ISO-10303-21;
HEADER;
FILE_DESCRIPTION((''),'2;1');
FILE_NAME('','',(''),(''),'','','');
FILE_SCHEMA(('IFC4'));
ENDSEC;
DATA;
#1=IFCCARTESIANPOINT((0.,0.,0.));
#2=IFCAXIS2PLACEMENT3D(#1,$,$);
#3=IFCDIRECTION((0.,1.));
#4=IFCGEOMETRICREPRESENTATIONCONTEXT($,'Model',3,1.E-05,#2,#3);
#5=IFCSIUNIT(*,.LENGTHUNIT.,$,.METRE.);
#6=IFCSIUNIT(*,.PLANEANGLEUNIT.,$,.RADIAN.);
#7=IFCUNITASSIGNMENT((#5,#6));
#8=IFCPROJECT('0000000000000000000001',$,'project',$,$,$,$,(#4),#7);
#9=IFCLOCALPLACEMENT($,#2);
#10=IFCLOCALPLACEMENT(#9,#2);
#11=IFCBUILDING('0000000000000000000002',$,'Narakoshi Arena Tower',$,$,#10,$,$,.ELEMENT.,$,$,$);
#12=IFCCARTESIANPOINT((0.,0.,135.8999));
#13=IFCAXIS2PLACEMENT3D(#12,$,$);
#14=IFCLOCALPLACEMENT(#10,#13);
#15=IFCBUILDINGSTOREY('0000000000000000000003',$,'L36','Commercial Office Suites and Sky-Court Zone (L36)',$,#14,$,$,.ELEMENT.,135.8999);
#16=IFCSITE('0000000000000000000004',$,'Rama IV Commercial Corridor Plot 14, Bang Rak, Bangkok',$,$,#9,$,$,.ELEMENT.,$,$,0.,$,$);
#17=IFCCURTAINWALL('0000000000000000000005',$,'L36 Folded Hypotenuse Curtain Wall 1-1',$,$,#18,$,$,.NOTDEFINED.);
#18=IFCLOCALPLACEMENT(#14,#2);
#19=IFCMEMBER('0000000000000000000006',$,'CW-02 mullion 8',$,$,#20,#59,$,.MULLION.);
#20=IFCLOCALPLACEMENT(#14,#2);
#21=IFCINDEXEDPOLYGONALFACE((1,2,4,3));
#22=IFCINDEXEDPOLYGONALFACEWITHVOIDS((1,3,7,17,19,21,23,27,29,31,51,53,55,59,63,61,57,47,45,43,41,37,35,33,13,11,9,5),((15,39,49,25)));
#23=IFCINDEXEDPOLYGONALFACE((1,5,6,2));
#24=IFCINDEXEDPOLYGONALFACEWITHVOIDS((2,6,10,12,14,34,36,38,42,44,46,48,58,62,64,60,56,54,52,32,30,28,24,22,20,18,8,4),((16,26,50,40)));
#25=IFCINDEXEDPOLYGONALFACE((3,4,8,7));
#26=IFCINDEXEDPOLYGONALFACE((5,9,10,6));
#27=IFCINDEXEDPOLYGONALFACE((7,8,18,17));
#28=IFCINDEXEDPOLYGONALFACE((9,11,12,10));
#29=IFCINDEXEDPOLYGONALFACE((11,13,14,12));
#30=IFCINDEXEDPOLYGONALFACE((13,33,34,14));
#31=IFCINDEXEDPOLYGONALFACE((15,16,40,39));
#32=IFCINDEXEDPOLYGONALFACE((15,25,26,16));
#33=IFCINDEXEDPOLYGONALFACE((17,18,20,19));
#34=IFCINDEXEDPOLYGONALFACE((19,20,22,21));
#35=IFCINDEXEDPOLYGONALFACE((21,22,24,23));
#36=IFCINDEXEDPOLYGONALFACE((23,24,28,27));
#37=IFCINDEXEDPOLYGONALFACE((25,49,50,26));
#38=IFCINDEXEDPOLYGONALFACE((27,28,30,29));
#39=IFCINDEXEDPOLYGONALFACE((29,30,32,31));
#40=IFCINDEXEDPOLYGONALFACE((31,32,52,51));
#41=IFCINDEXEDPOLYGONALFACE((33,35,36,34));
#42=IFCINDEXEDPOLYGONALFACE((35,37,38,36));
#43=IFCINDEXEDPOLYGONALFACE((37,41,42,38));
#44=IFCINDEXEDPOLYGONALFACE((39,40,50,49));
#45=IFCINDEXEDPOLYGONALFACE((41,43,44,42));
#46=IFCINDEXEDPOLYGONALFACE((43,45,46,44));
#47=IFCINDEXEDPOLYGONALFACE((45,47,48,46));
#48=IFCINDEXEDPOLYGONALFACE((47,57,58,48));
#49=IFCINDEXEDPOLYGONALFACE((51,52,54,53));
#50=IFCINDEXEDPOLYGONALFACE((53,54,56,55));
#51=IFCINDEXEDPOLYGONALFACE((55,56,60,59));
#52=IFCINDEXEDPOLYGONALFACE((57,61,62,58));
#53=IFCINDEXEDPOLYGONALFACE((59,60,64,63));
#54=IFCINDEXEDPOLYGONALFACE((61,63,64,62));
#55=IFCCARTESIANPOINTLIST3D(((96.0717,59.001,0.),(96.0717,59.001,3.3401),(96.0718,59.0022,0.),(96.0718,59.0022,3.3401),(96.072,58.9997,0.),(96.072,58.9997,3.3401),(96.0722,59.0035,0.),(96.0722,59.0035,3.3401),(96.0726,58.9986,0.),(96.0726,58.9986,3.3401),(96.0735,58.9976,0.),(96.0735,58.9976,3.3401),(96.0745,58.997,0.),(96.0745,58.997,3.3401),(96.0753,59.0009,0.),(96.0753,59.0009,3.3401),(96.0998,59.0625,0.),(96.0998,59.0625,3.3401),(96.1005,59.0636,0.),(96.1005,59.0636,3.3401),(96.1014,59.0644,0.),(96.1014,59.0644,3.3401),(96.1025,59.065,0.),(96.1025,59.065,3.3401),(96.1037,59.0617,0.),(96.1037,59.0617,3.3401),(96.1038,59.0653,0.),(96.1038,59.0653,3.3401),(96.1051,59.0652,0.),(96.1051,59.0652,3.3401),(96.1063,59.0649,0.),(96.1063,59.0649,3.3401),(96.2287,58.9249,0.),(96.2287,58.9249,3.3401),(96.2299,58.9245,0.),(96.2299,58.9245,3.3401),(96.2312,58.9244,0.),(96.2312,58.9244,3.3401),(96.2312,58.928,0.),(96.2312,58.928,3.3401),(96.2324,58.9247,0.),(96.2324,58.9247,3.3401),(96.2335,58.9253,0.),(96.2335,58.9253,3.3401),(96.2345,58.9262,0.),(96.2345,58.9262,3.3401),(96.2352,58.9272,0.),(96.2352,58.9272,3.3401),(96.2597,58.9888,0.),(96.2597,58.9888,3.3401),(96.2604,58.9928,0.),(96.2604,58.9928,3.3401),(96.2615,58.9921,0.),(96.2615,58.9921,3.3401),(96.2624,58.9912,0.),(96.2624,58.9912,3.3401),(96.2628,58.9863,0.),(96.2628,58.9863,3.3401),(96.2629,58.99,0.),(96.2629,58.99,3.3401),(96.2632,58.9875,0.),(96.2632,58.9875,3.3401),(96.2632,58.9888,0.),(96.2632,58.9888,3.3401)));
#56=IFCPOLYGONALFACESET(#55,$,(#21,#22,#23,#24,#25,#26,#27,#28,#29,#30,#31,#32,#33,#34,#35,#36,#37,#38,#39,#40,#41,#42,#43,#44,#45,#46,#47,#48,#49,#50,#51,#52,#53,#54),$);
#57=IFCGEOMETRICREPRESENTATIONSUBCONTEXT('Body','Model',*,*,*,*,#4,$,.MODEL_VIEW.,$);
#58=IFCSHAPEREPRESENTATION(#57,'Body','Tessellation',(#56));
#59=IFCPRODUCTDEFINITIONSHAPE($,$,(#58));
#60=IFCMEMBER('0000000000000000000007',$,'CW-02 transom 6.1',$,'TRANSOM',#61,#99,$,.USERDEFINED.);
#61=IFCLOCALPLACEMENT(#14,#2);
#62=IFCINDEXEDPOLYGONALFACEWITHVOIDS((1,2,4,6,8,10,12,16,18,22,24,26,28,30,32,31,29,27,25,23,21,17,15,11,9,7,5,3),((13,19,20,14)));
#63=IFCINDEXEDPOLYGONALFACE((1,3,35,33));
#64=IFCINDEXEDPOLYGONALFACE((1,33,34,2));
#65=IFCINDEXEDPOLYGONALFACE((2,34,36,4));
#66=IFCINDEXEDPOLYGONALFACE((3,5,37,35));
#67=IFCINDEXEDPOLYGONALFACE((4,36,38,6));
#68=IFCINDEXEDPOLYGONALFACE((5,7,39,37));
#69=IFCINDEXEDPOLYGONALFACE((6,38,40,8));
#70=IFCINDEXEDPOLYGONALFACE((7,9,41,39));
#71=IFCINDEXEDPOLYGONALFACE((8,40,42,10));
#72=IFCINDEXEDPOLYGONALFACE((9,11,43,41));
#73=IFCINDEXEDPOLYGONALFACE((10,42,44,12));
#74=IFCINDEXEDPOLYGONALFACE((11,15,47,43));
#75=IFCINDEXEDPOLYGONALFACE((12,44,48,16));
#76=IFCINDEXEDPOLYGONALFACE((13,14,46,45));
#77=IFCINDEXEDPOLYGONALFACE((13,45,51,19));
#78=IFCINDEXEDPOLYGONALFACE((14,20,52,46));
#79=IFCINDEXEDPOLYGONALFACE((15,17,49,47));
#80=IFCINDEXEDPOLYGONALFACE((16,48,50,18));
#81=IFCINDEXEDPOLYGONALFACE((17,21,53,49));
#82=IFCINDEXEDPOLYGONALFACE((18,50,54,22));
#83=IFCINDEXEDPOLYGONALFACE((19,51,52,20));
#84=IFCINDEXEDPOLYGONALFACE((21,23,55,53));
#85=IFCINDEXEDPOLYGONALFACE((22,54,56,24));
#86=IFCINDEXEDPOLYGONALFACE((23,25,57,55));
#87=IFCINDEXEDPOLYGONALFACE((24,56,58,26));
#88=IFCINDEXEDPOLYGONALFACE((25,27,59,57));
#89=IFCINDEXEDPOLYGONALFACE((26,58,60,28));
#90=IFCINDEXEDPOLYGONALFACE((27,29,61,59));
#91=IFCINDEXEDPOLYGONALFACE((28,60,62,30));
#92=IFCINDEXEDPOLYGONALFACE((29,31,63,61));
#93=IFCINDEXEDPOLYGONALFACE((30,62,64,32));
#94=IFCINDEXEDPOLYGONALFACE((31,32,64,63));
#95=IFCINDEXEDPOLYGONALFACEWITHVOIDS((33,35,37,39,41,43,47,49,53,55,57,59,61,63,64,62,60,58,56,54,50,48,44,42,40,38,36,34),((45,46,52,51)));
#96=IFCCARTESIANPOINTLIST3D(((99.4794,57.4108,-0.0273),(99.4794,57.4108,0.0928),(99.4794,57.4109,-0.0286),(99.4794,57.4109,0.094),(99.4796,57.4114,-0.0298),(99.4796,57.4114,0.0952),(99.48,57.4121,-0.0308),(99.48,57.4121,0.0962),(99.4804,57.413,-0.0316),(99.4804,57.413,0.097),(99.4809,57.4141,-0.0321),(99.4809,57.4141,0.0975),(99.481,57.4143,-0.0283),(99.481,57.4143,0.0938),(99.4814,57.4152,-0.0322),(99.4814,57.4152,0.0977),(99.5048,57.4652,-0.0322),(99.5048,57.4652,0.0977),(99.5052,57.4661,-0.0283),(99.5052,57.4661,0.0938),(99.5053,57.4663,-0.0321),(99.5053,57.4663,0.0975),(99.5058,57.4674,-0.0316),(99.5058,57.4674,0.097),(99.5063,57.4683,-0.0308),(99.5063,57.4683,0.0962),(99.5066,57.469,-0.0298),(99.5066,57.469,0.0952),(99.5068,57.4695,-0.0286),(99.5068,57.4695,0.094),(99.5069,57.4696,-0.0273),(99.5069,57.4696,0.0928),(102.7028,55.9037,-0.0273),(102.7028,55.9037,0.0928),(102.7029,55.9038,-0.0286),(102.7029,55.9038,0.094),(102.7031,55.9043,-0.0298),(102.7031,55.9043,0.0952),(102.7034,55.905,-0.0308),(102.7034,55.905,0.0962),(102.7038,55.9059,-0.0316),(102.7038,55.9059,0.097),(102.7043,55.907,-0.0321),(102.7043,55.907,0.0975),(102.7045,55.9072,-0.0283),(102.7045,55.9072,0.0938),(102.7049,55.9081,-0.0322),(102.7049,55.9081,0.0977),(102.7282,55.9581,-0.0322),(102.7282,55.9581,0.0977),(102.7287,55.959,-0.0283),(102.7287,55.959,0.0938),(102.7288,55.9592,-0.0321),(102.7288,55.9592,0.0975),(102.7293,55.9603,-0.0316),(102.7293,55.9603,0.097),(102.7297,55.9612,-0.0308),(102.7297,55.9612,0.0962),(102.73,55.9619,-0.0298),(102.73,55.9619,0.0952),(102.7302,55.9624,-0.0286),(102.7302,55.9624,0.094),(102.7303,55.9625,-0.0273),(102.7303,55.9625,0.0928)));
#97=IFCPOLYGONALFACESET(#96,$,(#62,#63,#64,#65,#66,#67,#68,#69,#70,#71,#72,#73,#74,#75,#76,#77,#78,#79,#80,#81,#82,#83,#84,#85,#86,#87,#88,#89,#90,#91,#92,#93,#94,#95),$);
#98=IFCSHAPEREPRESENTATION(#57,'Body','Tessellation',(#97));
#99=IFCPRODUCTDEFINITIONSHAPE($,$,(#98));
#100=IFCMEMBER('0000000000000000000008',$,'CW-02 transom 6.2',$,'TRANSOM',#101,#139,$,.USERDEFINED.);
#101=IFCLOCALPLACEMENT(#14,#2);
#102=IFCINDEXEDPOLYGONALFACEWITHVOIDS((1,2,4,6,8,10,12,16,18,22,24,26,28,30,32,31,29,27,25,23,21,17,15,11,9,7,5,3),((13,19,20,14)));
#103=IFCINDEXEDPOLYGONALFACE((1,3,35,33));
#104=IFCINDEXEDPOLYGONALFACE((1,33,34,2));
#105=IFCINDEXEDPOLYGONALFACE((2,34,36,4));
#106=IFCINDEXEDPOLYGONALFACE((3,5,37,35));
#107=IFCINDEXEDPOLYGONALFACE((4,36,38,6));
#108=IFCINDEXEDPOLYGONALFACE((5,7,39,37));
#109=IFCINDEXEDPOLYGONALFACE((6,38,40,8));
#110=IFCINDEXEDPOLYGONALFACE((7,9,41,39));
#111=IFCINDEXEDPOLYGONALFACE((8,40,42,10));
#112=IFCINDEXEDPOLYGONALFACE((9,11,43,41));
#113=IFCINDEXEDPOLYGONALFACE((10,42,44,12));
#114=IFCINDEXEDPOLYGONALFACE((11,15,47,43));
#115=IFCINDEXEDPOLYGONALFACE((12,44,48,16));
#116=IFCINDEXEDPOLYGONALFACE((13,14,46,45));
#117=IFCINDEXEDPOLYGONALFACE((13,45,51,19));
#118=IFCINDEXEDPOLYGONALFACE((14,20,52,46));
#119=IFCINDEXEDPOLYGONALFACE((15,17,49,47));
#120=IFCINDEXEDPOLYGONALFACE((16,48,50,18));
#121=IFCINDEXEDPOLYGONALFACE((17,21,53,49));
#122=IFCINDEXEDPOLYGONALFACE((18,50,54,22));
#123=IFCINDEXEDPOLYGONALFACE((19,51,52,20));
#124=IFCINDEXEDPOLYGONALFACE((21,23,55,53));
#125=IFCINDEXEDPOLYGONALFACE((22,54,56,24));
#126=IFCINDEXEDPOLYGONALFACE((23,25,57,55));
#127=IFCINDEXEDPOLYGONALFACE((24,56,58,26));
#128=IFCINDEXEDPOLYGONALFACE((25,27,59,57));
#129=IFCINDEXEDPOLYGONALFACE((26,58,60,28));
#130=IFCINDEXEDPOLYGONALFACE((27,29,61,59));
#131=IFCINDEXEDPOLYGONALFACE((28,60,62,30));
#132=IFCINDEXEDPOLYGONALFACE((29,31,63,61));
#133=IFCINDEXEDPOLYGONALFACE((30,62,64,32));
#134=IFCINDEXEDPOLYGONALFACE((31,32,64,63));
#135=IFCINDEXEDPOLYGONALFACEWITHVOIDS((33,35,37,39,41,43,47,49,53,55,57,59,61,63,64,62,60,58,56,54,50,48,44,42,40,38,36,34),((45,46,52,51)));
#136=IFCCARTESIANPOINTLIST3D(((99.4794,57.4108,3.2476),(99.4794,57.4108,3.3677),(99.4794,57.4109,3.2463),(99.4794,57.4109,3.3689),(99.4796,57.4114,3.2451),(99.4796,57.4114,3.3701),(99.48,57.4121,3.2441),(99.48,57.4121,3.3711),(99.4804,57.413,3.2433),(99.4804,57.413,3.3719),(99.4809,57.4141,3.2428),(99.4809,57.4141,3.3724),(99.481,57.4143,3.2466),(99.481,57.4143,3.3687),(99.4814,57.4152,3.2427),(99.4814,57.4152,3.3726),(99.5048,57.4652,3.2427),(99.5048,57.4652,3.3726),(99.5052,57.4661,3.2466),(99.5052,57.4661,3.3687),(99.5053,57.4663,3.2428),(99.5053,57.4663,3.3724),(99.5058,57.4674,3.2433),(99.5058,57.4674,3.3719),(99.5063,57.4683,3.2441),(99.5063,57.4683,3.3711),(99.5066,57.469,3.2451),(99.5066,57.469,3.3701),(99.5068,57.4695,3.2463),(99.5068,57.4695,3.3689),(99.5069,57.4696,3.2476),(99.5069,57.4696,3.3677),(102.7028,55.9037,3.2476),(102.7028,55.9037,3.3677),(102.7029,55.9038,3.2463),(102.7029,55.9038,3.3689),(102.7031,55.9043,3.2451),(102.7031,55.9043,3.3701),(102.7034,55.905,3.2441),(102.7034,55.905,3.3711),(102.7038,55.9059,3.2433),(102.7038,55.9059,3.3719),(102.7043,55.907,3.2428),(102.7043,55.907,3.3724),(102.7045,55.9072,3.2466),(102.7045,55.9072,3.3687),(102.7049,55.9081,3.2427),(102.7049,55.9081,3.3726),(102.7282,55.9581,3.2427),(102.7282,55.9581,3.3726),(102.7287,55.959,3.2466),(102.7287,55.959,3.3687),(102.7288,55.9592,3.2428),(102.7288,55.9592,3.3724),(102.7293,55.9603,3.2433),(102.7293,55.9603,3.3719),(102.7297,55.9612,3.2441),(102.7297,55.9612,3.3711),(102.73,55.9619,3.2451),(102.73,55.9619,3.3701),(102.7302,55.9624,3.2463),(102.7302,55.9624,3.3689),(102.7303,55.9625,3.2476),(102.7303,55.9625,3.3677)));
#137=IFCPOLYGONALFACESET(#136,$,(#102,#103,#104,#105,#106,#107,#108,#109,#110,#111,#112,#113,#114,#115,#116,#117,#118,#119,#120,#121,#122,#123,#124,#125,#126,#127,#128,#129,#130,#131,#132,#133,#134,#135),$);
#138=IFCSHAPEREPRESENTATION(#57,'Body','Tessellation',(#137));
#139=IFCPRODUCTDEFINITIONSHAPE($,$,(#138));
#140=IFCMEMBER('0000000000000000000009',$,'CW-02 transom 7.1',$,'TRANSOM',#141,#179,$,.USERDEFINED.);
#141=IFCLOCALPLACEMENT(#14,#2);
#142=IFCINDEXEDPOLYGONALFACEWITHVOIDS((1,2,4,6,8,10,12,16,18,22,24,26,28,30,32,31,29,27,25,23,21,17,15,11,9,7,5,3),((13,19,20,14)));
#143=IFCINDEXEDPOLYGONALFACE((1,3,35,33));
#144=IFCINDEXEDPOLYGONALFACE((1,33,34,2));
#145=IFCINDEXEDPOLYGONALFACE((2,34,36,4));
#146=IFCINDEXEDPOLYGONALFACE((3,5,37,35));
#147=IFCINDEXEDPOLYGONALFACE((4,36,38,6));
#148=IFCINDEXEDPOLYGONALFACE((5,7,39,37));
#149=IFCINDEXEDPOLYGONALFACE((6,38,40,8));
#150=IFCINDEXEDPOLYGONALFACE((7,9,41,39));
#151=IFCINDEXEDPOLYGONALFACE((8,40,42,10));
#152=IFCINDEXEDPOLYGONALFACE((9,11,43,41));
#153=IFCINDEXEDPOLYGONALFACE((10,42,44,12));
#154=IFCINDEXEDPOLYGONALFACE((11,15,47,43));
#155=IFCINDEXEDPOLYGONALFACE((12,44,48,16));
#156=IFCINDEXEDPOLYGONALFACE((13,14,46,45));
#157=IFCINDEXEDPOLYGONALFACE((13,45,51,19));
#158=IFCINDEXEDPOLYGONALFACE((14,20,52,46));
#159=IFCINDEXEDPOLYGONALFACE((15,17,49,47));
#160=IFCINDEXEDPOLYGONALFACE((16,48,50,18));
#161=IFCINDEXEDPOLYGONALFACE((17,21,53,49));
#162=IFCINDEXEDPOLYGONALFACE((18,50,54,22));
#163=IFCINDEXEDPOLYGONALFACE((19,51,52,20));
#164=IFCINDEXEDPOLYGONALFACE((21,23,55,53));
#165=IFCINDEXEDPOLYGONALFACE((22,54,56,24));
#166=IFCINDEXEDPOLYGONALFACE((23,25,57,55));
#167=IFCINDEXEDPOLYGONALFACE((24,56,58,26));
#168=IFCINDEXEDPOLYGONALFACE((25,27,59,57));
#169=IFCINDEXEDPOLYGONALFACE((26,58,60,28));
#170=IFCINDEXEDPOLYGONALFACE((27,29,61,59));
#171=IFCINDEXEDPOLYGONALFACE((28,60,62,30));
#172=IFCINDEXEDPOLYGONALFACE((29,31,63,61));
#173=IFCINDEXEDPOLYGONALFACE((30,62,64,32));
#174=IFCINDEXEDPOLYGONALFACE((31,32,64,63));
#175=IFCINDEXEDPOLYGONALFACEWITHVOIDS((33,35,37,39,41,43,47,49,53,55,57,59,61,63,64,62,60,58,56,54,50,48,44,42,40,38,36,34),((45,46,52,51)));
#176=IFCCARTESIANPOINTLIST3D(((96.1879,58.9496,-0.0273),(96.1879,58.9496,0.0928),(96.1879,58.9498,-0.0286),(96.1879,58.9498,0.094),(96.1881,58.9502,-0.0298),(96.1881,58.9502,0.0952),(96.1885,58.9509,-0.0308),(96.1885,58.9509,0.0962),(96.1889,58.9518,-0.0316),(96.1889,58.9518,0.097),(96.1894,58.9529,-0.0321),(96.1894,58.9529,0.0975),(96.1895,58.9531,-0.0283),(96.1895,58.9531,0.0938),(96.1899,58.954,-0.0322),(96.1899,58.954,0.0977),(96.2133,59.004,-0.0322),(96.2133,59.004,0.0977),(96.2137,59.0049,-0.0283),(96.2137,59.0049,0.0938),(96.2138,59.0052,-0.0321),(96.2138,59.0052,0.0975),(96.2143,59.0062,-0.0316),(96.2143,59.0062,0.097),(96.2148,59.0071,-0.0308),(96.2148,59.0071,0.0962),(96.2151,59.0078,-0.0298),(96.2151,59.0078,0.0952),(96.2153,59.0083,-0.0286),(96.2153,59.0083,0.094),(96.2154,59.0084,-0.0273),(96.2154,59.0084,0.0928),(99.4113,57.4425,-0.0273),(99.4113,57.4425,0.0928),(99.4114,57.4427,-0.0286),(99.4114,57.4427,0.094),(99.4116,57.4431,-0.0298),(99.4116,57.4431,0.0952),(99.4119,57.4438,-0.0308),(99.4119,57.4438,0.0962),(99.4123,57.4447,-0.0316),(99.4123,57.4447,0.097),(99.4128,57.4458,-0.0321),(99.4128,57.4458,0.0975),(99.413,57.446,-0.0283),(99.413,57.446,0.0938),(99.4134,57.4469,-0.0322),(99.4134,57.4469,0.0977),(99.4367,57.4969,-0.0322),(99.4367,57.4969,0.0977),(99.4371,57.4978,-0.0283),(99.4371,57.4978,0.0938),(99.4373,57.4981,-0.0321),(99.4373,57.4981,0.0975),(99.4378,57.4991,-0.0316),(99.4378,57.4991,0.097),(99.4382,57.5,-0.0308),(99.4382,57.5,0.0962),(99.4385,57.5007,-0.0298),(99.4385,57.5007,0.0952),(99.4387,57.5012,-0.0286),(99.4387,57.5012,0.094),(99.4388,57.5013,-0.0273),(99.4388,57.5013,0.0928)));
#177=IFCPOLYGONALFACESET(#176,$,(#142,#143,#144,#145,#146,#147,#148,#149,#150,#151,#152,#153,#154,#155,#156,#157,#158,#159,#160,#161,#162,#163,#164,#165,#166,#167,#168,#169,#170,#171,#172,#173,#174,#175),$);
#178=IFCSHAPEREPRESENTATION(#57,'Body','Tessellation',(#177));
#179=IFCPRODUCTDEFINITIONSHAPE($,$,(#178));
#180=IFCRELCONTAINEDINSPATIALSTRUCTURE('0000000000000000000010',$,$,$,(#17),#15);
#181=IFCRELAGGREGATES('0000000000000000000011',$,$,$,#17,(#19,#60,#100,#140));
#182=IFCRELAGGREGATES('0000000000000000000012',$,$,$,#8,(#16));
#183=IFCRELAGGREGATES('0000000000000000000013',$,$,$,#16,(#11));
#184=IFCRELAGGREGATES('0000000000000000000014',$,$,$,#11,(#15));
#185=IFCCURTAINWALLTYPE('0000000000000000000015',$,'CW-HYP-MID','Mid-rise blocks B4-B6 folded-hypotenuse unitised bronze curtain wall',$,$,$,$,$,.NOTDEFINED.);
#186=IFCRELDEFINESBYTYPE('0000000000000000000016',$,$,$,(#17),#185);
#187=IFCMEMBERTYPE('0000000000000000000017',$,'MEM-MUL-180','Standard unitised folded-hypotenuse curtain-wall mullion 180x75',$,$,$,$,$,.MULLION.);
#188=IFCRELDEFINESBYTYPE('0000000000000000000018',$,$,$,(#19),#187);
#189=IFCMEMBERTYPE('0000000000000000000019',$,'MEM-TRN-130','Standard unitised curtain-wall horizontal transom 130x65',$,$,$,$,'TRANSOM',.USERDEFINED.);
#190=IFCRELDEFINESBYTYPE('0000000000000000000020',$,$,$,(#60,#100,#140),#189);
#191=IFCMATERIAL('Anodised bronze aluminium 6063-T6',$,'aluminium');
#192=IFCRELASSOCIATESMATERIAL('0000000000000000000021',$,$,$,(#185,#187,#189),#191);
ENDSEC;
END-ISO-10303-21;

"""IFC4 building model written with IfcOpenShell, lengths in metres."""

from ifc_helpers import new_model, si_unit, direction, frame, origin, origin_2d, place, context, subcontext, project, spatial, hollow_rectangle, extrude, material, material_profile, profile_set, type_object, element, aggregate, save


model = new_model("IFC4")

# Units and contexts
model_context = context("Model", 3, precision=1e-05, world=origin(), true_north=direction((0.0, 1.0)))
body_context = subcontext(model_context, "Body", "Model", "MODEL_VIEW")
ifc_project = project(units=[si_unit("LENGTHUNIT", "METRE"), si_unit("PLANEANGLEUNIT", "RADIAN")], contexts=[model_context])

# Site, building, storey
site_placement = place(None, origin())
site = spatial("IfcSite", under=ifc_project, at=site_placement, Name="Rama IV Commercial Corridor Plot 14, Bang Rak, Bangkok", CompositionType="ELEMENT", RefElevation=0.0)
building_placement = place(site_placement, origin())
building = spatial("IfcBuilding", under=site, at=building_placement, Name="Narakoshi Arena Tower", CompositionType="ELEMENT")
storey_placement = place(building_placement, frame((0.0, 0.0, 135.8999)))
storey = spatial("IfcBuildingStorey", under=building, at=storey_placement, Name="L36", Description="Commercial Office Suites and Sky-Court Zone (L36)", CompositionType="ELEMENT", Elevation=135.8999)

# Curtain wall, members
ifc_material_1 = material(Name="Anodised bronze aluminium 6063-T6", Category="aluminium")
curtain_wall_type = type_object("IfcCurtainWallType", Name="CW-HYP-MID", Description="Mid-rise blocks B4-B6 folded-hypotenuse unitised bronze curtain wall", PredefinedType="NOTDEFINED", material=ifc_material_1)
curtain_wall_placement = place(storey_placement, origin())
curtain_wall = element("IfcCurtainWall", 1, at=curtain_wall_placement, inside=storey, type_object=curtain_wall_type, Name="L36 Folded Hypotenuse Curtain Wall 1-1", PredefinedType="NOTDEFINED")
ifc_material_profile_1 = material_profile(ifc_material_1, hollow_rectangle(XDim=0.075, YDim=0.1799, WallThickness=0.0039, OuterFilletRadius=0.0049, at=origin_2d()), Name="MUL180x75x4")
ifc_profile_set_1 = profile_set([ifc_material_profile_1], Name="Anodised bronze aluminium 6063-T6")
member_type_1 = type_object("IfcMemberType", Name="MEM-MUL-180", Description="Standard unitised folded-hypotenuse curtain-wall mullion 180x75", PredefinedType="MULLION", material=ifc_profile_set_1)
member_1_placement = place(storey_placement, frame((96.1675, 58.9949, 0.0), z_axis=(0.0, 0.0, 1.0), x_axis=(-0.423532, -0.905881, 0.0)))
member_1 = element("IfcMember", 2, at=member_1_placement, type_object=member_type_1, Name="CW-02 mullion 8", PredefinedType="MULLION", context=body_context, shape_type="SweptSolid", body=[
    extrude(hollow_rectangle(XDim=0.075, YDim=0.1799, WallThickness=0.0039, OuterFilletRadius=0.0049, at=origin_2d()), origin(), (0.0, 0.0, 1.0), 3.3401),
])
ifc_material_profile_2 = material_profile(ifc_material_1, hollow_rectangle(XDim=0.0649, YDim=0.1299, WallThickness=0.0039, OuterFilletRadius=0.0049, at=origin_2d()), Name="TRN130x65x4")
ifc_profile_set_2 = profile_set([ifc_material_profile_2], Name="Anodised bronze aluminium 6063-T6")
member_type_2 = type_object("IfcMemberType", Name="MEM-TRN-130", Description="Standard unitised curtain-wall horizontal transom 130x65", ElementType="TRANSOM", PredefinedType="USERDEFINED", material=ifc_profile_set_2)
member_2_placement = place(storey_placement, frame((102.7166, 55.9331, 0.0327), z_axis=(-0.905878, 0.423539, 0.0), x_axis=(-0.423539, -0.905878, 0.0)))
member_2 = element("IfcMember", 3, at=member_2_placement, type_object=member_type_2, Name="CW-02 transom 6.1", ObjectType="TRANSOM", PredefinedType="USERDEFINED", context=body_context, shape_type="SweptSolid", body=[
    extrude(hollow_rectangle(XDim=0.0649, YDim=0.1299, WallThickness=0.0039, OuterFilletRadius=0.0049, at=origin_2d()), origin(), (0.0, 0.0, 1.0), 3.5583),
])
member_3_placement = place(storey_placement, frame((102.7166, 55.9331, 3.3076), z_axis=(-0.905878, 0.423539, 0.0), x_axis=(-0.423539, -0.905878, 0.0)))
member_3 = element("IfcMember", 4, at=member_3_placement, type_object=member_type_2, Name="CW-02 transom 6.2", ObjectType="TRANSOM", PredefinedType="USERDEFINED", context=body_context, shape_type="SweptSolid", body=[
    extrude(hollow_rectangle(XDim=0.0649, YDim=0.1299, WallThickness=0.0039, OuterFilletRadius=0.0049, at=origin_2d()), origin(), (0.0, 0.0, 1.0), 3.5583),
])
member_4_placement = place(storey_placement, frame((99.425, 57.4719, 0.0327), z_axis=(-0.905878, 0.423539, 0.0), x_axis=(-0.423539, -0.905878, 0.0)))
member_4 = element("IfcMember", 5, at=member_4_placement, type_object=member_type_2, Name="CW-02 transom 7.1", ObjectType="TRANSOM", PredefinedType="USERDEFINED", context=body_context, shape_type="SweptSolid", body=[
    extrude(hollow_rectangle(XDim=0.0649, YDim=0.1299, WallThickness=0.0039, OuterFilletRadius=0.0049, at=origin_2d()), origin(), (0.0, 0.0, 1.0), 3.5583),
])
aggregate(curtain_wall, [member_1, member_2, member_3, member_4])

save(model, "model.ifc")
